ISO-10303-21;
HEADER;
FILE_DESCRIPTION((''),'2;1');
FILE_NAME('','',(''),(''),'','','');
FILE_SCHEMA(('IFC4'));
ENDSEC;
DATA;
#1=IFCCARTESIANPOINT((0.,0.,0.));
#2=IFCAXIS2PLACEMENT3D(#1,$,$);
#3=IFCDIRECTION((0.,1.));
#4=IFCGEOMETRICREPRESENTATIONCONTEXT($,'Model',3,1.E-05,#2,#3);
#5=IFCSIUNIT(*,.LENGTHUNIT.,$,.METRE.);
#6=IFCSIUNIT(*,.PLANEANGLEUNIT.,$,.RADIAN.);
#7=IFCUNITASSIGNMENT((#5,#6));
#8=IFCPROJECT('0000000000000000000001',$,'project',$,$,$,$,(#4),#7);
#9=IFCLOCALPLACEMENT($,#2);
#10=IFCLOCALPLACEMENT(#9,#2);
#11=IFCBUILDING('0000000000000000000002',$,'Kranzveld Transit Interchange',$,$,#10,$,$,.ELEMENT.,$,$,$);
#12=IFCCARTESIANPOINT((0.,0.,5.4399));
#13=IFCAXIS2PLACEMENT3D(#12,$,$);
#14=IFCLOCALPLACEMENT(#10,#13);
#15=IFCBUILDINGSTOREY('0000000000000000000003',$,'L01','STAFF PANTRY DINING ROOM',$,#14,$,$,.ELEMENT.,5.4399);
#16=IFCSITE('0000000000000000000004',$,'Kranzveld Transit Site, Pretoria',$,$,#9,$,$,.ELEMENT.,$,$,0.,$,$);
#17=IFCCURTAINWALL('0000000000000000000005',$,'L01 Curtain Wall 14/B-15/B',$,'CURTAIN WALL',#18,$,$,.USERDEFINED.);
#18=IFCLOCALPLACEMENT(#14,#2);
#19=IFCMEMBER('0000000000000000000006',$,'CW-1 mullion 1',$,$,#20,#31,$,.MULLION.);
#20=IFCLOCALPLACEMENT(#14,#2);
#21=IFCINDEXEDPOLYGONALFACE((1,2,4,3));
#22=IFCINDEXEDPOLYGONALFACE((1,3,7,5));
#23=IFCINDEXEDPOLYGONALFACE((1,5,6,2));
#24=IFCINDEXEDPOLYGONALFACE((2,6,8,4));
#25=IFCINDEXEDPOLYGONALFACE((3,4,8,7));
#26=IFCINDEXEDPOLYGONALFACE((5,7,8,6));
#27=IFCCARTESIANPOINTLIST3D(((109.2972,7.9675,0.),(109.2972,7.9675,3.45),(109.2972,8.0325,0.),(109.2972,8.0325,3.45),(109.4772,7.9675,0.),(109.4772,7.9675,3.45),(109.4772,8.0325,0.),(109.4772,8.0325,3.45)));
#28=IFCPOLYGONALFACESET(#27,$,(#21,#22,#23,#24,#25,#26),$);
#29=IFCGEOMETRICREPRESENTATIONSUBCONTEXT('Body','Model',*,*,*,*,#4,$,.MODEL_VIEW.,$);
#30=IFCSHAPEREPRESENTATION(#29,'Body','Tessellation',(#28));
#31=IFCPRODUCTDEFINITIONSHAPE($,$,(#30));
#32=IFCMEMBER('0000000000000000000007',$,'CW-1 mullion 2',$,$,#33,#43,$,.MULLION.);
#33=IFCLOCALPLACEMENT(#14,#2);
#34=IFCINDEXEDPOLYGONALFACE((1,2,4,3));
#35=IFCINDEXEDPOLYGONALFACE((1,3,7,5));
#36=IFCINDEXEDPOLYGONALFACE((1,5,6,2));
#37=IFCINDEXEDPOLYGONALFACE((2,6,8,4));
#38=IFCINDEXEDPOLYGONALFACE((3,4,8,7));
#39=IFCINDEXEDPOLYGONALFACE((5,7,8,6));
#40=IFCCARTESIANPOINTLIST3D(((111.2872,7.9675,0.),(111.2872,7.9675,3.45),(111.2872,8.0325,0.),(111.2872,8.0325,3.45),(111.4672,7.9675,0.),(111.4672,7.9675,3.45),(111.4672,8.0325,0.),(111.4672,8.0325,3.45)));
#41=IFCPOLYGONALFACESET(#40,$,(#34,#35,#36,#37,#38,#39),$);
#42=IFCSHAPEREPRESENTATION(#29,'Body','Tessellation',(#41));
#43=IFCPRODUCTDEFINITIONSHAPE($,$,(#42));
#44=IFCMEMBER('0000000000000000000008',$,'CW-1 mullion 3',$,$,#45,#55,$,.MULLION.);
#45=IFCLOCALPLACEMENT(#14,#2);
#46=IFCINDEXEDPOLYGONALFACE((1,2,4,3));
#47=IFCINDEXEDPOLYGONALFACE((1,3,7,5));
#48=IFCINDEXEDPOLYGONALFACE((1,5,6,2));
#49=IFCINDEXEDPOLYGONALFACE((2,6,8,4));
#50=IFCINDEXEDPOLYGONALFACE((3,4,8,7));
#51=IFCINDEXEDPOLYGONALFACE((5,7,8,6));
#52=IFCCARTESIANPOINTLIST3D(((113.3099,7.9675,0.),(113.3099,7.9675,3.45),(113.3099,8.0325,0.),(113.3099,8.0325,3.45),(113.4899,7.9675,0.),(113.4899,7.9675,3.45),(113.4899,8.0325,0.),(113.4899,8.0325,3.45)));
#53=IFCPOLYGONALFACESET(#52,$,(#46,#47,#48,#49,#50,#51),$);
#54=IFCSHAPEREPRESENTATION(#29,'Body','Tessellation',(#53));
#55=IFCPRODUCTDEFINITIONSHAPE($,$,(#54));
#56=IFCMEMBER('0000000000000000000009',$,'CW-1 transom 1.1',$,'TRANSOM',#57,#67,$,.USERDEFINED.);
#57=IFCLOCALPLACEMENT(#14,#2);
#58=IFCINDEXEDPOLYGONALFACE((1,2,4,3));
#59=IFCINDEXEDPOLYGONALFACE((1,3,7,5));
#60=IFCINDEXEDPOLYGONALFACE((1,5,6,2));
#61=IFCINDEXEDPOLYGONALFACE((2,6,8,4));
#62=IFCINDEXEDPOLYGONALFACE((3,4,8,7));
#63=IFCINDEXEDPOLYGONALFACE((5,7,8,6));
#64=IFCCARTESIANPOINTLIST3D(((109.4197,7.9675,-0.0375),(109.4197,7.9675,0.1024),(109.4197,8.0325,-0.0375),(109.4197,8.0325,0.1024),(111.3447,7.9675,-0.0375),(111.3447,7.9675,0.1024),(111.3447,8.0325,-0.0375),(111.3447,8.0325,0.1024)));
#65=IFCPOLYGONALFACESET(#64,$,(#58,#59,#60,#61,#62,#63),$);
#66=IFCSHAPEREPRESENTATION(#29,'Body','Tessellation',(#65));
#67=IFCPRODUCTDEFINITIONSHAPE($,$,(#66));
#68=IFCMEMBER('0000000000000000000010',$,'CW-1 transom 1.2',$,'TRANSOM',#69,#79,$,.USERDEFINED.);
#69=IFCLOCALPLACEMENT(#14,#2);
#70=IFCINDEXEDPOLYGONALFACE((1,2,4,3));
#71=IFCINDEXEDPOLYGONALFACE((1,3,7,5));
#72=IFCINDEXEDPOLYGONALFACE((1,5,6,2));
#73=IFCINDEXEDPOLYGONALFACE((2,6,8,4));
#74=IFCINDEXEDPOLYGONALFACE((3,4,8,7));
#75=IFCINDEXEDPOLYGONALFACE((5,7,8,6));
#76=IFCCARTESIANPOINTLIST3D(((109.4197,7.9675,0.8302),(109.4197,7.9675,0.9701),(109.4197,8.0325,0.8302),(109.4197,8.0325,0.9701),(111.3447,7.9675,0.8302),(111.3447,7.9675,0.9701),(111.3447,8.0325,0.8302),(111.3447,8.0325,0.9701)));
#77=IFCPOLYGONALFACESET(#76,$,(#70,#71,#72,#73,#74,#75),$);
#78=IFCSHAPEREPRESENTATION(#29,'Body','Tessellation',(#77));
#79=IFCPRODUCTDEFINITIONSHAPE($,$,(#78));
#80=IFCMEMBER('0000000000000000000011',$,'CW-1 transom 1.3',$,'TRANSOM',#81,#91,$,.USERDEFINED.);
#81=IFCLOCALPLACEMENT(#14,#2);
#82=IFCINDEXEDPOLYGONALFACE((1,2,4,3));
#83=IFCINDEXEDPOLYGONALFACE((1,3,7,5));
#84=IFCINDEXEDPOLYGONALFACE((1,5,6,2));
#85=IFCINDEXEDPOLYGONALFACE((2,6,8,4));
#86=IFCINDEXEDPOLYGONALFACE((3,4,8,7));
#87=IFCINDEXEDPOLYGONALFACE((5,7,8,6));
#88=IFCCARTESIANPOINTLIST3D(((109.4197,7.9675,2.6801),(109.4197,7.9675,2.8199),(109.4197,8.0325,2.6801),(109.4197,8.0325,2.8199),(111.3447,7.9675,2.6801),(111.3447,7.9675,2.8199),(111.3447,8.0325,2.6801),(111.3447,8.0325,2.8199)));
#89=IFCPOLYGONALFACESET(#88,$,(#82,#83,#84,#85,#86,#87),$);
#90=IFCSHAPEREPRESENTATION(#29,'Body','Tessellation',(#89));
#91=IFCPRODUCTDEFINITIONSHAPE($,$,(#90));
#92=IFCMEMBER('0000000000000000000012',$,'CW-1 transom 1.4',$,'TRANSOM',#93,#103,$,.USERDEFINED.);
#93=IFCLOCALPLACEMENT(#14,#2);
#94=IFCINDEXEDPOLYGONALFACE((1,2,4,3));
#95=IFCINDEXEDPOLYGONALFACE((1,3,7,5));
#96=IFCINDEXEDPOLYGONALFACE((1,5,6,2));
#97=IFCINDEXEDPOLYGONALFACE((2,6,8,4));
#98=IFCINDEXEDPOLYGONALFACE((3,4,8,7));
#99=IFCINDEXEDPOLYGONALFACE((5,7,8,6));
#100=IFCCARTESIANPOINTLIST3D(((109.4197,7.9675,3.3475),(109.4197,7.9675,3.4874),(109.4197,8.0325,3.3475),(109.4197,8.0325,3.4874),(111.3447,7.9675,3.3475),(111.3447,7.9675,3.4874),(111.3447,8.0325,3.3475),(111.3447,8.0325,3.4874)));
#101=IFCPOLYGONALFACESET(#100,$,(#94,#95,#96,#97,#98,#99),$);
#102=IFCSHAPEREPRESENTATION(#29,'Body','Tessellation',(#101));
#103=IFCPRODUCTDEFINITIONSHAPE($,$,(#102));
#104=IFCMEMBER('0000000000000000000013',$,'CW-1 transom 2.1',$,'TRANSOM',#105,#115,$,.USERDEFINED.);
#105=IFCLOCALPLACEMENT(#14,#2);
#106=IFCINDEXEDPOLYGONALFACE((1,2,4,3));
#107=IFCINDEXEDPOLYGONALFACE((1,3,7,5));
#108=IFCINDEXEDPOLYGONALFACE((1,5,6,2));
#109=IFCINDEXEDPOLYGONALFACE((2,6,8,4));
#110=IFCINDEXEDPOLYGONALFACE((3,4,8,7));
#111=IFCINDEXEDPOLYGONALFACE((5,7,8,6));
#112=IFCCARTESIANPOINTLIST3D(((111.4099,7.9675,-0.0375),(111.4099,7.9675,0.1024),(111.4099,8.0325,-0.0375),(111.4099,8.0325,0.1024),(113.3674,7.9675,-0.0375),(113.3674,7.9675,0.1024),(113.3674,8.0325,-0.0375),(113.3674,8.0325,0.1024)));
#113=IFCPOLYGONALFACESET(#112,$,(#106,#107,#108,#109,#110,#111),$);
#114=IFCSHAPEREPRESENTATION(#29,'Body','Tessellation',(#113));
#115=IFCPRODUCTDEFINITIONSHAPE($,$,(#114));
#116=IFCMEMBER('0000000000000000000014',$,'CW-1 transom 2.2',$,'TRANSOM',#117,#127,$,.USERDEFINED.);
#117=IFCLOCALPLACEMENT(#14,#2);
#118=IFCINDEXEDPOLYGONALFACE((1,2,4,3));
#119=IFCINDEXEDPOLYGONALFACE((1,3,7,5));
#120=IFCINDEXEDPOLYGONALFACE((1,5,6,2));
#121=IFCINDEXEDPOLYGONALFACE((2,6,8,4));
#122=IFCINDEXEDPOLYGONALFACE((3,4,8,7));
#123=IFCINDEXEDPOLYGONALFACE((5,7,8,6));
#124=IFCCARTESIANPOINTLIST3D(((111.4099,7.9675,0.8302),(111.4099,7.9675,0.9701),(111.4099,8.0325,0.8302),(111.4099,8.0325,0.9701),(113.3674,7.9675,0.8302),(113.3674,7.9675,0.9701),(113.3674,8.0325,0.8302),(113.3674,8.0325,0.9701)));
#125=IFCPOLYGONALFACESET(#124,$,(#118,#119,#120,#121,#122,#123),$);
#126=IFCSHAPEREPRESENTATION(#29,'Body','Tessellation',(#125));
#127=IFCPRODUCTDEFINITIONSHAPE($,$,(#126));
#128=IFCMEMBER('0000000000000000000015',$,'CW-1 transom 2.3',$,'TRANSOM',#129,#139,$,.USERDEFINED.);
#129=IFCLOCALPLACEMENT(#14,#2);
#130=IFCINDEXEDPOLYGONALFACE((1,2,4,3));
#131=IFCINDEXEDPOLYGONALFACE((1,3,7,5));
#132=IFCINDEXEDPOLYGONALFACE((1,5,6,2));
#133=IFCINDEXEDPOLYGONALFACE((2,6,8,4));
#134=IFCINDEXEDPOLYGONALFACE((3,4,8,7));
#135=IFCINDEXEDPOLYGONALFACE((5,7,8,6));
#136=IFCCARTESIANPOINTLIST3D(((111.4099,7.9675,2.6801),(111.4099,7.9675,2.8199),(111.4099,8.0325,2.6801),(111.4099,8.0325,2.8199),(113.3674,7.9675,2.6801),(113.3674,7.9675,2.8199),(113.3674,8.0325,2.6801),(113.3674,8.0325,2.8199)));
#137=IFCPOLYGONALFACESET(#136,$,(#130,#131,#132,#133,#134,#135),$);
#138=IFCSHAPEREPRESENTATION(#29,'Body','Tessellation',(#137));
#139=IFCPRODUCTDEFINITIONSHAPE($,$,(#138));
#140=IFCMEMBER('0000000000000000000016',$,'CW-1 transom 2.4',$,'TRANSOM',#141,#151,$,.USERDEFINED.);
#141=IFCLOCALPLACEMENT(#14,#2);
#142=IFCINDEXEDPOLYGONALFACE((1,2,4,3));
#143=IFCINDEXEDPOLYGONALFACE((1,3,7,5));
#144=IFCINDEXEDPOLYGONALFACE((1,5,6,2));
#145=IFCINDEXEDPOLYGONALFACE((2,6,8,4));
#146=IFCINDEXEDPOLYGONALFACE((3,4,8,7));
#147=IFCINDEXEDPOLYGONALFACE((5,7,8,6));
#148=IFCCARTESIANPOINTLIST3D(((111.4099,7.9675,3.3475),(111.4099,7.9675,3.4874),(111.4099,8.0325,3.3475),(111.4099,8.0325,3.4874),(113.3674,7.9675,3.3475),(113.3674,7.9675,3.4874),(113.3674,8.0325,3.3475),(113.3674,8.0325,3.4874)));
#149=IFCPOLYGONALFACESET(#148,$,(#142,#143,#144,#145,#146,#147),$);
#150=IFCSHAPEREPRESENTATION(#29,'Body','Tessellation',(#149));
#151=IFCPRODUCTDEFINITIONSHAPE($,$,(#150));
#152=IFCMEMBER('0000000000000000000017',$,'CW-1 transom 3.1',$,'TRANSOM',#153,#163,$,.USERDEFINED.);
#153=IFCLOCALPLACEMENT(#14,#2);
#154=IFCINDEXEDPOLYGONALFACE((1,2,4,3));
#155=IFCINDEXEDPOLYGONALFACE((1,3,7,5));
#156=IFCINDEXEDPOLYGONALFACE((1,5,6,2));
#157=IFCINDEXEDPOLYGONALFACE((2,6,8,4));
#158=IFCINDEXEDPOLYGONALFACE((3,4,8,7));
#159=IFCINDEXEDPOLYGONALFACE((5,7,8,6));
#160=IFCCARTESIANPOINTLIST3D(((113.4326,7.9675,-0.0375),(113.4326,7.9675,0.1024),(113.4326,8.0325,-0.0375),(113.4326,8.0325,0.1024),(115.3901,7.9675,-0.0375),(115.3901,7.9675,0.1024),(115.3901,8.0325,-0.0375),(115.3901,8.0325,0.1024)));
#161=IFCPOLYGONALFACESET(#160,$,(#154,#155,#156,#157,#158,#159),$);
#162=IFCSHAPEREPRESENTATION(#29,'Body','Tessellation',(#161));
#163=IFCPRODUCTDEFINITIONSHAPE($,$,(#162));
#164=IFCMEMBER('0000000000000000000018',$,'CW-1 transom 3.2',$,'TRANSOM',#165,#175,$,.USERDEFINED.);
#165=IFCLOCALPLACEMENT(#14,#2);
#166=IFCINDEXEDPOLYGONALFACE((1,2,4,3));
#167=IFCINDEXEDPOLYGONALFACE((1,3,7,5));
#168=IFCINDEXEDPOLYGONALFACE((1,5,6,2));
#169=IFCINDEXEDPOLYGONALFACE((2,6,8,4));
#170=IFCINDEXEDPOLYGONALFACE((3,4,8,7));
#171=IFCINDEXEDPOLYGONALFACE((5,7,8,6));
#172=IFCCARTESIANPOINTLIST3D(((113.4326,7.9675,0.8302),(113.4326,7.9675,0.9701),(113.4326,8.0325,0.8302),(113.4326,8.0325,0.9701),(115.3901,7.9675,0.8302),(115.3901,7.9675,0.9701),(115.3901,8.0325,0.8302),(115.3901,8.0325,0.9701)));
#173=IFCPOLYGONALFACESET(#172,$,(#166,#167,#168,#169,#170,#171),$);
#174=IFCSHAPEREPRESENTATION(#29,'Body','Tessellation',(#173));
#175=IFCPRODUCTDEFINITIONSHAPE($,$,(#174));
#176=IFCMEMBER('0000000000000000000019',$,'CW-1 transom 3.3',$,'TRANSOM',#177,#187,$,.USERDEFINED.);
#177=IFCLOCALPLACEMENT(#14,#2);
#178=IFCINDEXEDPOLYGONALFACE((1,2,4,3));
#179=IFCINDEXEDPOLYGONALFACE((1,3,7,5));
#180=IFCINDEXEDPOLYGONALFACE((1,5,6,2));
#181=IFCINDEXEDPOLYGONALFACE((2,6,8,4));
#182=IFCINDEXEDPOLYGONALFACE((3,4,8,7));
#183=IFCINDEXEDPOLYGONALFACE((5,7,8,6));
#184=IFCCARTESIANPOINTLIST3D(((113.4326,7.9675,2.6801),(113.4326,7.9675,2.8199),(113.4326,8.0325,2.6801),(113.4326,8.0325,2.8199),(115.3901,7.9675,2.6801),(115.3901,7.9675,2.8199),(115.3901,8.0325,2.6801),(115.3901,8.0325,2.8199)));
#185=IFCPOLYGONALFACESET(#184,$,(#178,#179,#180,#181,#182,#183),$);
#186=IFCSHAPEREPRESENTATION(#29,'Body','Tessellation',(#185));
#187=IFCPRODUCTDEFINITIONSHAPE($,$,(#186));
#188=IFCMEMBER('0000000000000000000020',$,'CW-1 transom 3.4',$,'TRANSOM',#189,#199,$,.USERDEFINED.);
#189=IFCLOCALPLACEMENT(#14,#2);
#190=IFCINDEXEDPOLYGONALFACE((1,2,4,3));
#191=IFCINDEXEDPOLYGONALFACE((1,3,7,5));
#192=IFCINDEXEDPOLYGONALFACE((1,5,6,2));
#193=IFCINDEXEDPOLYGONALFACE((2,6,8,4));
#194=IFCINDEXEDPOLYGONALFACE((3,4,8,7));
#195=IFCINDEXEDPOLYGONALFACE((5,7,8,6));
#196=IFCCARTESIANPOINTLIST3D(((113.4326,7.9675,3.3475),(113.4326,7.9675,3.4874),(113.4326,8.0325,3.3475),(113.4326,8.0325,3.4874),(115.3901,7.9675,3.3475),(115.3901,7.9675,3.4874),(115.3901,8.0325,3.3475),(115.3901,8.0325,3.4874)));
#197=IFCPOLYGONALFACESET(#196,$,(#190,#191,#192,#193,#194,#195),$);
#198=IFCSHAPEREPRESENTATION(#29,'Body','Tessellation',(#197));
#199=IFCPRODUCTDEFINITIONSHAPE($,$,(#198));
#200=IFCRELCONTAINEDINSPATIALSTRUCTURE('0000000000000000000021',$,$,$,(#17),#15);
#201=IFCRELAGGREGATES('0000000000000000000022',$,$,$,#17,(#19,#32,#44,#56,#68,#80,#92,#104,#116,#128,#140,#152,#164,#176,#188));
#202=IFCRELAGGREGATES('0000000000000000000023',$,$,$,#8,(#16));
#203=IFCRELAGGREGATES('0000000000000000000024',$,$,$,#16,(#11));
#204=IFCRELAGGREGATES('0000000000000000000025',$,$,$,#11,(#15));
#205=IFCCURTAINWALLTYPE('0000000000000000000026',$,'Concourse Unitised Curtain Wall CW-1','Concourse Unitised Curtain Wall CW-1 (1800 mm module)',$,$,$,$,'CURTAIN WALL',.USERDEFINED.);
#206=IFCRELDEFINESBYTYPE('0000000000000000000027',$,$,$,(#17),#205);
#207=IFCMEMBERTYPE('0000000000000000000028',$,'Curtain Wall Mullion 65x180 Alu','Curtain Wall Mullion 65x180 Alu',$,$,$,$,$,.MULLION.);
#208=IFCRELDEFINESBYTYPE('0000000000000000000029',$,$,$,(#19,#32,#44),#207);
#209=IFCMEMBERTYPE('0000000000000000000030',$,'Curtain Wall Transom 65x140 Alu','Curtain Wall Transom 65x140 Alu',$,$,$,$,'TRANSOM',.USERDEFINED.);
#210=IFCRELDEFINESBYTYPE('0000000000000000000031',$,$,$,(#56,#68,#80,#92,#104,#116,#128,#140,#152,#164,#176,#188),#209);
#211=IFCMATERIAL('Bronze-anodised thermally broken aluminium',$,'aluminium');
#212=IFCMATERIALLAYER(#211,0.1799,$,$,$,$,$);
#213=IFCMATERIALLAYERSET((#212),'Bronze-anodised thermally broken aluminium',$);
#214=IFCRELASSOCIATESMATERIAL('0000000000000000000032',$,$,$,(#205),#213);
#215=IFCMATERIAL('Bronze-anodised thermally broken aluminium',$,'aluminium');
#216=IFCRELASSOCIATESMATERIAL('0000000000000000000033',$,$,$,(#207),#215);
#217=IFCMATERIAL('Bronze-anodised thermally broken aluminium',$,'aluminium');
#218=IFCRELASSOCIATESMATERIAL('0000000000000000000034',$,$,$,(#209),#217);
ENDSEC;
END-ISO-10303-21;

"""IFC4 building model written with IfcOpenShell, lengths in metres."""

from ifc_helpers import new_model, si_unit, direction, frame, origin, origin_2d, place, context, subcontext, project, spatial, rectangle, extrude, material, layer, layer_set, material_profile, profile_set, type_object, element, aggregate, save


model = new_model("IFC4")

# Units and contexts
model_context = context("Model", 3, precision=1e-05, world=origin(), true_north=direction((0.0, 1.0)))
body_context = subcontext(model_context, "Body", "Model", "MODEL_VIEW")
ifc_project = project(units=[si_unit("LENGTHUNIT", "METRE"), si_unit("PLANEANGLEUNIT", "RADIAN")], contexts=[model_context])

# Site, building, storey
site_placement = place(None, origin())
site = spatial("IfcSite", under=ifc_project, at=site_placement, Name="Kranzveld Transit Site, Pretoria", CompositionType="ELEMENT", RefElevation=0.0)
building_placement = place(site_placement, origin())
building = spatial("IfcBuilding", under=site, at=building_placement, Name="Kranzveld Transit Interchange", CompositionType="ELEMENT")
storey_placement = place(building_placement, frame((0.0, 0.0, 5.4399)))
storey = spatial("IfcBuildingStorey", under=building, at=storey_placement, Name="L01", Description="STAFF PANTRY DINING ROOM", CompositionType="ELEMENT", Elevation=5.4399)

# Curtain wall, members
ifc_material_1 = material(Name="Bronze-anodised thermally broken aluminium", Category="aluminium")
ifc_layer_1 = layer(ifc_material_1, 0.1799)
ifc_layer_set_1 = layer_set([ifc_layer_1], Name="Bronze-anodised thermally broken aluminium")
curtain_wall_type = type_object("IfcCurtainWallType", Name="Concourse Unitised Curtain Wall CW-1", Description="Concourse Unitised Curtain Wall CW-1 (1800 mm module)", ElementType="CURTAIN WALL", PredefinedType="USERDEFINED", material=ifc_layer_set_1)
curtain_wall_placement = place(storey_placement, origin())
curtain_wall = element("IfcCurtainWall", 1, at=curtain_wall_placement, inside=storey, type_object=curtain_wall_type, Name="L01 Curtain Wall 14/B-15/B", ObjectType="CURTAIN WALL", PredefinedType="USERDEFINED")
ifc_material_2 = material(Name="Bronze-anodised thermally broken aluminium", Category="aluminium")
ifc_material_profile_1 = material_profile(ifc_material_2, rectangle(XDim=0.0649, YDim=0.1799, at=origin_2d()), Name="ALU MULLION 65x180")
ifc_profile_set_1 = profile_set([ifc_material_profile_1], Name="Bronze-anodised thermally broken aluminium")
member_type_1 = type_object("IfcMemberType", Name="Curtain Wall Mullion 65x180 Alu", Description="Curtain Wall Mullion 65x180 Alu", PredefinedType="MULLION", material=ifc_profile_set_1)
member_1_placement = place(storey_placement, frame((109.3872, 8.0, 0.0), z_axis=(0.0, 0.0, 1.0), x_axis=(0.0, 1.0, 0.0)))
member_1 = element("IfcMember", 2, at=member_1_placement, type_object=member_type_1, Name="CW-1 mullion 1", PredefinedType="MULLION", context=body_context, shape_type="SweptSolid", body=[
    extrude(rectangle(XDim=0.0649, YDim=0.1799, at=origin_2d()), origin(), (0.0, 0.0, 1.0), 3.45),
])
member_2_placement = place(storey_placement, frame((111.3772, 8.0, 0.0), z_axis=(0.0, 0.0, 1.0), x_axis=(0.0, 1.0, 0.0)))
member_2 = element("IfcMember", 3, at=member_2_placement, type_object=member_type_1, Name="CW-1 mullion 2", PredefinedType="MULLION", context=body_context, shape_type="SweptSolid", body=[
    extrude(rectangle(XDim=0.0649, YDim=0.1799, at=origin_2d()), origin(), (0.0, 0.0, 1.0), 3.45),
])
member_3_placement = place(storey_placement, frame((113.3999, 8.0, 0.0), z_axis=(0.0, 0.0, 1.0), x_axis=(0.0, 1.0, 0.0)))
member_3 = element("IfcMember", 4, at=member_3_placement, type_object=member_type_1, Name="CW-1 mullion 3", PredefinedType="MULLION", context=body_context, shape_type="SweptSolid", body=[
    extrude(rectangle(XDim=0.0649, YDim=0.1799, at=origin_2d()), origin(), (0.0, 0.0, 1.0), 3.45),
])
ifc_material_3 = material(Name="Bronze-anodised thermally broken aluminium", Category="aluminium")
ifc_material_profile_2 = material_profile(ifc_material_3, rectangle(XDim=0.0649, YDim=0.1399, at=origin_2d()), Name="ALU TRANSOM 65x140")
ifc_profile_set_2 = profile_set([ifc_material_profile_2], Name="Bronze-anodised thermally broken aluminium")
member_type_2 = type_object("IfcMemberType", Name="Curtain Wall Transom 65x140 Alu", Description="Curtain Wall Transom 65x140 Alu", ElementType="TRANSOM", PredefinedType="USERDEFINED", material=ifc_profile_set_2)
member_4_placement = place(storey_placement, frame((109.4197, 8.0, 0.0325), z_axis=(1.0, 0.0, 0.0), x_axis=(0.0, 1.0, 0.0)))
member_4 = element("IfcMember", 5, at=member_4_placement, type_object=member_type_2, Name="CW-1 transom 1.1", ObjectType="TRANSOM", PredefinedType="USERDEFINED", context=body_context, shape_type="SweptSolid", body=[
    extrude(rectangle(XDim=0.0649, YDim=0.1399, at=origin_2d()), origin(), (0.0, 0.0, 1.0), 1.925),
])
member_5_placement = place(storey_placement, frame((109.4197, 8.0, 0.9001), z_axis=(1.0, 0.0, 0.0), x_axis=(0.0, 1.0, 0.0)))
member_5 = element("IfcMember", 6, at=member_5_placement, type_object=member_type_2, Name="CW-1 transom 1.2", ObjectType="TRANSOM", PredefinedType="USERDEFINED", context=body_context, shape_type="SweptSolid", body=[
    extrude(rectangle(XDim=0.0649, YDim=0.1399, at=origin_2d()), origin(), (0.0, 0.0, 1.0), 1.925),
])
member_6_placement = place(storey_placement, frame((109.4197, 8.0, 2.75), z_axis=(1.0, 0.0, 0.0), x_axis=(0.0, 1.0, 0.0)))
member_6 = element("IfcMember", 7, at=member_6_placement, type_object=member_type_2, Name="CW-1 transom 1.3", ObjectType="TRANSOM", PredefinedType="USERDEFINED", context=body_context, shape_type="SweptSolid", body=[
    extrude(rectangle(XDim=0.0649, YDim=0.1399, at=origin_2d()), origin(), (0.0, 0.0, 1.0), 1.925),
])
member_7_placement = place(storey_placement, frame((109.4197, 8.0, 3.4175), z_axis=(1.0, 0.0, 0.0), x_axis=(0.0, 1.0, 0.0)))
member_7 = element("IfcMember", 8, at=member_7_placement, type_object=member_type_2, Name="CW-1 transom 1.4", ObjectType="TRANSOM", PredefinedType="USERDEFINED", context=body_context, shape_type="SweptSolid", body=[
    extrude(rectangle(XDim=0.0649, YDim=0.1399, at=origin_2d()), origin(), (0.0, 0.0, 1.0), 1.925),
])
member_8_placement = place(storey_placement, frame((111.4099, 8.0, 0.0325), z_axis=(1.0, 0.0, 0.0), x_axis=(0.0, 1.0, 0.0)))
member_8 = element("IfcMember", 9, at=member_8_placement, type_object=member_type_2, Name="CW-1 transom 2.1", ObjectType="TRANSOM", PredefinedType="USERDEFINED", context=body_context, shape_type="SweptSolid", body=[
    extrude(rectangle(XDim=0.0649, YDim=0.1399, at=origin_2d()), origin(), (0.0, 0.0, 1.0), 1.9575),
])
member_9_placement = place(storey_placement, frame((111.4099, 8.0, 0.9001), z_axis=(1.0, 0.0, 0.0), x_axis=(0.0, 1.0, 0.0)))
member_9 = element("IfcMember", 10, at=member_9_placement, type_object=member_type_2, Name="CW-1 transom 2.2", ObjectType="TRANSOM", PredefinedType="USERDEFINED", context=body_context, shape_type="SweptSolid", body=[
    extrude(rectangle(XDim=0.0649, YDim=0.1399, at=origin_2d()), origin(), (0.0, 0.0, 1.0), 1.9575),
])
member_10_placement = place(storey_placement, frame((111.4099, 8.0, 2.75), z_axis=(1.0, 0.0, 0.0), x_axis=(0.0, 1.0, 0.0)))
member_10 = element("IfcMember", 11, at=member_10_placement, type_object=member_type_2, Name="CW-1 transom 2.3", ObjectType="TRANSOM", PredefinedType="USERDEFINED", context=body_context, shape_type="SweptSolid", body=[
    extrude(rectangle(XDim=0.0649, YDim=0.1399, at=origin_2d()), origin(), (0.0, 0.0, 1.0), 1.9575),
])
member_11_placement = place(storey_placement, frame((111.4099, 8.0, 3.4175), z_axis=(1.0, 0.0, 0.0), x_axis=(0.0, 1.0, 0.0)))
member_11 = element("IfcMember", 12, at=member_11_placement, type_object=member_type_2, Name="CW-1 transom 2.4", ObjectType="TRANSOM", PredefinedType="USERDEFINED", context=body_context, shape_type="SweptSolid", body=[
    extrude(rectangle(XDim=0.0649, YDim=0.1399, at=origin_2d()), origin(), (0.0, 0.0, 1.0), 1.9575),
])
member_12_placement = place(storey_placement, frame((113.4326, 8.0, 0.0325), z_axis=(1.0, 0.0, 0.0), x_axis=(0.0, 1.0, 0.0)))
member_12 = element("IfcMember", 13, at=member_12_placement, type_object=member_type_2, Name="CW-1 transom 3.1", ObjectType="TRANSOM", PredefinedType="USERDEFINED", context=body_context, shape_type="SweptSolid", body=[
    extrude(rectangle(XDim=0.0649, YDim=0.1399, at=origin_2d()), origin(), (0.0, 0.0, 1.0), 1.9575),
])
member_13_placement = place(storey_placement, frame((113.4326, 8.0, 0.9001), z_axis=(1.0, 0.0, 0.0), x_axis=(0.0, 1.0, 0.0)))
member_13 = element("IfcMember", 14, at=member_13_placement, type_object=member_type_2, Name="CW-1 transom 3.2", ObjectType="TRANSOM", PredefinedType="USERDEFINED", context=body_context, shape_type="SweptSolid", body=[
    extrude(rectangle(XDim=0.0649, YDim=0.1399, at=origin_2d()), origin(), (0.0, 0.0, 1.0), 1.9575),
])
member_14_placement = place(storey_placement, frame((113.4326, 8.0, 2.75), z_axis=(1.0, 0.0, 0.0), x_axis=(0.0, 1.0, 0.0)))
member_14 = element("IfcMember", 15, at=member_14_placement, type_object=member_type_2, Name="CW-1 transom 3.3", ObjectType="TRANSOM", PredefinedType="USERDEFINED", context=body_context, shape_type="SweptSolid", body=[
    extrude(rectangle(XDim=0.0649, YDim=0.1399, at=origin_2d()), origin(), (0.0, 0.0, 1.0), 1.9575),
])
member_15_placement = place(storey_placement, frame((113.4326, 8.0, 3.4175), z_axis=(1.0, 0.0, 0.0), x_axis=(0.0, 1.0, 0.0)))
member_15 = element("IfcMember", 16, at=member_15_placement, type_object=member_type_2, Name="CW-1 transom 3.4", ObjectType="TRANSOM", PredefinedType="USERDEFINED", context=body_context, shape_type="SweptSolid", body=[
    extrude(rectangle(XDim=0.0649, YDim=0.1399, at=origin_2d()), origin(), (0.0, 0.0, 1.0), 1.9575),
])

aggregate(curtain_wall, [member_1, member_2, member_3, member_4, member_5, member_6, member_7, member_8, member_9, member_10, member_11, member_12, member_13, member_14, member_15])

save(model, "model.ifc")
